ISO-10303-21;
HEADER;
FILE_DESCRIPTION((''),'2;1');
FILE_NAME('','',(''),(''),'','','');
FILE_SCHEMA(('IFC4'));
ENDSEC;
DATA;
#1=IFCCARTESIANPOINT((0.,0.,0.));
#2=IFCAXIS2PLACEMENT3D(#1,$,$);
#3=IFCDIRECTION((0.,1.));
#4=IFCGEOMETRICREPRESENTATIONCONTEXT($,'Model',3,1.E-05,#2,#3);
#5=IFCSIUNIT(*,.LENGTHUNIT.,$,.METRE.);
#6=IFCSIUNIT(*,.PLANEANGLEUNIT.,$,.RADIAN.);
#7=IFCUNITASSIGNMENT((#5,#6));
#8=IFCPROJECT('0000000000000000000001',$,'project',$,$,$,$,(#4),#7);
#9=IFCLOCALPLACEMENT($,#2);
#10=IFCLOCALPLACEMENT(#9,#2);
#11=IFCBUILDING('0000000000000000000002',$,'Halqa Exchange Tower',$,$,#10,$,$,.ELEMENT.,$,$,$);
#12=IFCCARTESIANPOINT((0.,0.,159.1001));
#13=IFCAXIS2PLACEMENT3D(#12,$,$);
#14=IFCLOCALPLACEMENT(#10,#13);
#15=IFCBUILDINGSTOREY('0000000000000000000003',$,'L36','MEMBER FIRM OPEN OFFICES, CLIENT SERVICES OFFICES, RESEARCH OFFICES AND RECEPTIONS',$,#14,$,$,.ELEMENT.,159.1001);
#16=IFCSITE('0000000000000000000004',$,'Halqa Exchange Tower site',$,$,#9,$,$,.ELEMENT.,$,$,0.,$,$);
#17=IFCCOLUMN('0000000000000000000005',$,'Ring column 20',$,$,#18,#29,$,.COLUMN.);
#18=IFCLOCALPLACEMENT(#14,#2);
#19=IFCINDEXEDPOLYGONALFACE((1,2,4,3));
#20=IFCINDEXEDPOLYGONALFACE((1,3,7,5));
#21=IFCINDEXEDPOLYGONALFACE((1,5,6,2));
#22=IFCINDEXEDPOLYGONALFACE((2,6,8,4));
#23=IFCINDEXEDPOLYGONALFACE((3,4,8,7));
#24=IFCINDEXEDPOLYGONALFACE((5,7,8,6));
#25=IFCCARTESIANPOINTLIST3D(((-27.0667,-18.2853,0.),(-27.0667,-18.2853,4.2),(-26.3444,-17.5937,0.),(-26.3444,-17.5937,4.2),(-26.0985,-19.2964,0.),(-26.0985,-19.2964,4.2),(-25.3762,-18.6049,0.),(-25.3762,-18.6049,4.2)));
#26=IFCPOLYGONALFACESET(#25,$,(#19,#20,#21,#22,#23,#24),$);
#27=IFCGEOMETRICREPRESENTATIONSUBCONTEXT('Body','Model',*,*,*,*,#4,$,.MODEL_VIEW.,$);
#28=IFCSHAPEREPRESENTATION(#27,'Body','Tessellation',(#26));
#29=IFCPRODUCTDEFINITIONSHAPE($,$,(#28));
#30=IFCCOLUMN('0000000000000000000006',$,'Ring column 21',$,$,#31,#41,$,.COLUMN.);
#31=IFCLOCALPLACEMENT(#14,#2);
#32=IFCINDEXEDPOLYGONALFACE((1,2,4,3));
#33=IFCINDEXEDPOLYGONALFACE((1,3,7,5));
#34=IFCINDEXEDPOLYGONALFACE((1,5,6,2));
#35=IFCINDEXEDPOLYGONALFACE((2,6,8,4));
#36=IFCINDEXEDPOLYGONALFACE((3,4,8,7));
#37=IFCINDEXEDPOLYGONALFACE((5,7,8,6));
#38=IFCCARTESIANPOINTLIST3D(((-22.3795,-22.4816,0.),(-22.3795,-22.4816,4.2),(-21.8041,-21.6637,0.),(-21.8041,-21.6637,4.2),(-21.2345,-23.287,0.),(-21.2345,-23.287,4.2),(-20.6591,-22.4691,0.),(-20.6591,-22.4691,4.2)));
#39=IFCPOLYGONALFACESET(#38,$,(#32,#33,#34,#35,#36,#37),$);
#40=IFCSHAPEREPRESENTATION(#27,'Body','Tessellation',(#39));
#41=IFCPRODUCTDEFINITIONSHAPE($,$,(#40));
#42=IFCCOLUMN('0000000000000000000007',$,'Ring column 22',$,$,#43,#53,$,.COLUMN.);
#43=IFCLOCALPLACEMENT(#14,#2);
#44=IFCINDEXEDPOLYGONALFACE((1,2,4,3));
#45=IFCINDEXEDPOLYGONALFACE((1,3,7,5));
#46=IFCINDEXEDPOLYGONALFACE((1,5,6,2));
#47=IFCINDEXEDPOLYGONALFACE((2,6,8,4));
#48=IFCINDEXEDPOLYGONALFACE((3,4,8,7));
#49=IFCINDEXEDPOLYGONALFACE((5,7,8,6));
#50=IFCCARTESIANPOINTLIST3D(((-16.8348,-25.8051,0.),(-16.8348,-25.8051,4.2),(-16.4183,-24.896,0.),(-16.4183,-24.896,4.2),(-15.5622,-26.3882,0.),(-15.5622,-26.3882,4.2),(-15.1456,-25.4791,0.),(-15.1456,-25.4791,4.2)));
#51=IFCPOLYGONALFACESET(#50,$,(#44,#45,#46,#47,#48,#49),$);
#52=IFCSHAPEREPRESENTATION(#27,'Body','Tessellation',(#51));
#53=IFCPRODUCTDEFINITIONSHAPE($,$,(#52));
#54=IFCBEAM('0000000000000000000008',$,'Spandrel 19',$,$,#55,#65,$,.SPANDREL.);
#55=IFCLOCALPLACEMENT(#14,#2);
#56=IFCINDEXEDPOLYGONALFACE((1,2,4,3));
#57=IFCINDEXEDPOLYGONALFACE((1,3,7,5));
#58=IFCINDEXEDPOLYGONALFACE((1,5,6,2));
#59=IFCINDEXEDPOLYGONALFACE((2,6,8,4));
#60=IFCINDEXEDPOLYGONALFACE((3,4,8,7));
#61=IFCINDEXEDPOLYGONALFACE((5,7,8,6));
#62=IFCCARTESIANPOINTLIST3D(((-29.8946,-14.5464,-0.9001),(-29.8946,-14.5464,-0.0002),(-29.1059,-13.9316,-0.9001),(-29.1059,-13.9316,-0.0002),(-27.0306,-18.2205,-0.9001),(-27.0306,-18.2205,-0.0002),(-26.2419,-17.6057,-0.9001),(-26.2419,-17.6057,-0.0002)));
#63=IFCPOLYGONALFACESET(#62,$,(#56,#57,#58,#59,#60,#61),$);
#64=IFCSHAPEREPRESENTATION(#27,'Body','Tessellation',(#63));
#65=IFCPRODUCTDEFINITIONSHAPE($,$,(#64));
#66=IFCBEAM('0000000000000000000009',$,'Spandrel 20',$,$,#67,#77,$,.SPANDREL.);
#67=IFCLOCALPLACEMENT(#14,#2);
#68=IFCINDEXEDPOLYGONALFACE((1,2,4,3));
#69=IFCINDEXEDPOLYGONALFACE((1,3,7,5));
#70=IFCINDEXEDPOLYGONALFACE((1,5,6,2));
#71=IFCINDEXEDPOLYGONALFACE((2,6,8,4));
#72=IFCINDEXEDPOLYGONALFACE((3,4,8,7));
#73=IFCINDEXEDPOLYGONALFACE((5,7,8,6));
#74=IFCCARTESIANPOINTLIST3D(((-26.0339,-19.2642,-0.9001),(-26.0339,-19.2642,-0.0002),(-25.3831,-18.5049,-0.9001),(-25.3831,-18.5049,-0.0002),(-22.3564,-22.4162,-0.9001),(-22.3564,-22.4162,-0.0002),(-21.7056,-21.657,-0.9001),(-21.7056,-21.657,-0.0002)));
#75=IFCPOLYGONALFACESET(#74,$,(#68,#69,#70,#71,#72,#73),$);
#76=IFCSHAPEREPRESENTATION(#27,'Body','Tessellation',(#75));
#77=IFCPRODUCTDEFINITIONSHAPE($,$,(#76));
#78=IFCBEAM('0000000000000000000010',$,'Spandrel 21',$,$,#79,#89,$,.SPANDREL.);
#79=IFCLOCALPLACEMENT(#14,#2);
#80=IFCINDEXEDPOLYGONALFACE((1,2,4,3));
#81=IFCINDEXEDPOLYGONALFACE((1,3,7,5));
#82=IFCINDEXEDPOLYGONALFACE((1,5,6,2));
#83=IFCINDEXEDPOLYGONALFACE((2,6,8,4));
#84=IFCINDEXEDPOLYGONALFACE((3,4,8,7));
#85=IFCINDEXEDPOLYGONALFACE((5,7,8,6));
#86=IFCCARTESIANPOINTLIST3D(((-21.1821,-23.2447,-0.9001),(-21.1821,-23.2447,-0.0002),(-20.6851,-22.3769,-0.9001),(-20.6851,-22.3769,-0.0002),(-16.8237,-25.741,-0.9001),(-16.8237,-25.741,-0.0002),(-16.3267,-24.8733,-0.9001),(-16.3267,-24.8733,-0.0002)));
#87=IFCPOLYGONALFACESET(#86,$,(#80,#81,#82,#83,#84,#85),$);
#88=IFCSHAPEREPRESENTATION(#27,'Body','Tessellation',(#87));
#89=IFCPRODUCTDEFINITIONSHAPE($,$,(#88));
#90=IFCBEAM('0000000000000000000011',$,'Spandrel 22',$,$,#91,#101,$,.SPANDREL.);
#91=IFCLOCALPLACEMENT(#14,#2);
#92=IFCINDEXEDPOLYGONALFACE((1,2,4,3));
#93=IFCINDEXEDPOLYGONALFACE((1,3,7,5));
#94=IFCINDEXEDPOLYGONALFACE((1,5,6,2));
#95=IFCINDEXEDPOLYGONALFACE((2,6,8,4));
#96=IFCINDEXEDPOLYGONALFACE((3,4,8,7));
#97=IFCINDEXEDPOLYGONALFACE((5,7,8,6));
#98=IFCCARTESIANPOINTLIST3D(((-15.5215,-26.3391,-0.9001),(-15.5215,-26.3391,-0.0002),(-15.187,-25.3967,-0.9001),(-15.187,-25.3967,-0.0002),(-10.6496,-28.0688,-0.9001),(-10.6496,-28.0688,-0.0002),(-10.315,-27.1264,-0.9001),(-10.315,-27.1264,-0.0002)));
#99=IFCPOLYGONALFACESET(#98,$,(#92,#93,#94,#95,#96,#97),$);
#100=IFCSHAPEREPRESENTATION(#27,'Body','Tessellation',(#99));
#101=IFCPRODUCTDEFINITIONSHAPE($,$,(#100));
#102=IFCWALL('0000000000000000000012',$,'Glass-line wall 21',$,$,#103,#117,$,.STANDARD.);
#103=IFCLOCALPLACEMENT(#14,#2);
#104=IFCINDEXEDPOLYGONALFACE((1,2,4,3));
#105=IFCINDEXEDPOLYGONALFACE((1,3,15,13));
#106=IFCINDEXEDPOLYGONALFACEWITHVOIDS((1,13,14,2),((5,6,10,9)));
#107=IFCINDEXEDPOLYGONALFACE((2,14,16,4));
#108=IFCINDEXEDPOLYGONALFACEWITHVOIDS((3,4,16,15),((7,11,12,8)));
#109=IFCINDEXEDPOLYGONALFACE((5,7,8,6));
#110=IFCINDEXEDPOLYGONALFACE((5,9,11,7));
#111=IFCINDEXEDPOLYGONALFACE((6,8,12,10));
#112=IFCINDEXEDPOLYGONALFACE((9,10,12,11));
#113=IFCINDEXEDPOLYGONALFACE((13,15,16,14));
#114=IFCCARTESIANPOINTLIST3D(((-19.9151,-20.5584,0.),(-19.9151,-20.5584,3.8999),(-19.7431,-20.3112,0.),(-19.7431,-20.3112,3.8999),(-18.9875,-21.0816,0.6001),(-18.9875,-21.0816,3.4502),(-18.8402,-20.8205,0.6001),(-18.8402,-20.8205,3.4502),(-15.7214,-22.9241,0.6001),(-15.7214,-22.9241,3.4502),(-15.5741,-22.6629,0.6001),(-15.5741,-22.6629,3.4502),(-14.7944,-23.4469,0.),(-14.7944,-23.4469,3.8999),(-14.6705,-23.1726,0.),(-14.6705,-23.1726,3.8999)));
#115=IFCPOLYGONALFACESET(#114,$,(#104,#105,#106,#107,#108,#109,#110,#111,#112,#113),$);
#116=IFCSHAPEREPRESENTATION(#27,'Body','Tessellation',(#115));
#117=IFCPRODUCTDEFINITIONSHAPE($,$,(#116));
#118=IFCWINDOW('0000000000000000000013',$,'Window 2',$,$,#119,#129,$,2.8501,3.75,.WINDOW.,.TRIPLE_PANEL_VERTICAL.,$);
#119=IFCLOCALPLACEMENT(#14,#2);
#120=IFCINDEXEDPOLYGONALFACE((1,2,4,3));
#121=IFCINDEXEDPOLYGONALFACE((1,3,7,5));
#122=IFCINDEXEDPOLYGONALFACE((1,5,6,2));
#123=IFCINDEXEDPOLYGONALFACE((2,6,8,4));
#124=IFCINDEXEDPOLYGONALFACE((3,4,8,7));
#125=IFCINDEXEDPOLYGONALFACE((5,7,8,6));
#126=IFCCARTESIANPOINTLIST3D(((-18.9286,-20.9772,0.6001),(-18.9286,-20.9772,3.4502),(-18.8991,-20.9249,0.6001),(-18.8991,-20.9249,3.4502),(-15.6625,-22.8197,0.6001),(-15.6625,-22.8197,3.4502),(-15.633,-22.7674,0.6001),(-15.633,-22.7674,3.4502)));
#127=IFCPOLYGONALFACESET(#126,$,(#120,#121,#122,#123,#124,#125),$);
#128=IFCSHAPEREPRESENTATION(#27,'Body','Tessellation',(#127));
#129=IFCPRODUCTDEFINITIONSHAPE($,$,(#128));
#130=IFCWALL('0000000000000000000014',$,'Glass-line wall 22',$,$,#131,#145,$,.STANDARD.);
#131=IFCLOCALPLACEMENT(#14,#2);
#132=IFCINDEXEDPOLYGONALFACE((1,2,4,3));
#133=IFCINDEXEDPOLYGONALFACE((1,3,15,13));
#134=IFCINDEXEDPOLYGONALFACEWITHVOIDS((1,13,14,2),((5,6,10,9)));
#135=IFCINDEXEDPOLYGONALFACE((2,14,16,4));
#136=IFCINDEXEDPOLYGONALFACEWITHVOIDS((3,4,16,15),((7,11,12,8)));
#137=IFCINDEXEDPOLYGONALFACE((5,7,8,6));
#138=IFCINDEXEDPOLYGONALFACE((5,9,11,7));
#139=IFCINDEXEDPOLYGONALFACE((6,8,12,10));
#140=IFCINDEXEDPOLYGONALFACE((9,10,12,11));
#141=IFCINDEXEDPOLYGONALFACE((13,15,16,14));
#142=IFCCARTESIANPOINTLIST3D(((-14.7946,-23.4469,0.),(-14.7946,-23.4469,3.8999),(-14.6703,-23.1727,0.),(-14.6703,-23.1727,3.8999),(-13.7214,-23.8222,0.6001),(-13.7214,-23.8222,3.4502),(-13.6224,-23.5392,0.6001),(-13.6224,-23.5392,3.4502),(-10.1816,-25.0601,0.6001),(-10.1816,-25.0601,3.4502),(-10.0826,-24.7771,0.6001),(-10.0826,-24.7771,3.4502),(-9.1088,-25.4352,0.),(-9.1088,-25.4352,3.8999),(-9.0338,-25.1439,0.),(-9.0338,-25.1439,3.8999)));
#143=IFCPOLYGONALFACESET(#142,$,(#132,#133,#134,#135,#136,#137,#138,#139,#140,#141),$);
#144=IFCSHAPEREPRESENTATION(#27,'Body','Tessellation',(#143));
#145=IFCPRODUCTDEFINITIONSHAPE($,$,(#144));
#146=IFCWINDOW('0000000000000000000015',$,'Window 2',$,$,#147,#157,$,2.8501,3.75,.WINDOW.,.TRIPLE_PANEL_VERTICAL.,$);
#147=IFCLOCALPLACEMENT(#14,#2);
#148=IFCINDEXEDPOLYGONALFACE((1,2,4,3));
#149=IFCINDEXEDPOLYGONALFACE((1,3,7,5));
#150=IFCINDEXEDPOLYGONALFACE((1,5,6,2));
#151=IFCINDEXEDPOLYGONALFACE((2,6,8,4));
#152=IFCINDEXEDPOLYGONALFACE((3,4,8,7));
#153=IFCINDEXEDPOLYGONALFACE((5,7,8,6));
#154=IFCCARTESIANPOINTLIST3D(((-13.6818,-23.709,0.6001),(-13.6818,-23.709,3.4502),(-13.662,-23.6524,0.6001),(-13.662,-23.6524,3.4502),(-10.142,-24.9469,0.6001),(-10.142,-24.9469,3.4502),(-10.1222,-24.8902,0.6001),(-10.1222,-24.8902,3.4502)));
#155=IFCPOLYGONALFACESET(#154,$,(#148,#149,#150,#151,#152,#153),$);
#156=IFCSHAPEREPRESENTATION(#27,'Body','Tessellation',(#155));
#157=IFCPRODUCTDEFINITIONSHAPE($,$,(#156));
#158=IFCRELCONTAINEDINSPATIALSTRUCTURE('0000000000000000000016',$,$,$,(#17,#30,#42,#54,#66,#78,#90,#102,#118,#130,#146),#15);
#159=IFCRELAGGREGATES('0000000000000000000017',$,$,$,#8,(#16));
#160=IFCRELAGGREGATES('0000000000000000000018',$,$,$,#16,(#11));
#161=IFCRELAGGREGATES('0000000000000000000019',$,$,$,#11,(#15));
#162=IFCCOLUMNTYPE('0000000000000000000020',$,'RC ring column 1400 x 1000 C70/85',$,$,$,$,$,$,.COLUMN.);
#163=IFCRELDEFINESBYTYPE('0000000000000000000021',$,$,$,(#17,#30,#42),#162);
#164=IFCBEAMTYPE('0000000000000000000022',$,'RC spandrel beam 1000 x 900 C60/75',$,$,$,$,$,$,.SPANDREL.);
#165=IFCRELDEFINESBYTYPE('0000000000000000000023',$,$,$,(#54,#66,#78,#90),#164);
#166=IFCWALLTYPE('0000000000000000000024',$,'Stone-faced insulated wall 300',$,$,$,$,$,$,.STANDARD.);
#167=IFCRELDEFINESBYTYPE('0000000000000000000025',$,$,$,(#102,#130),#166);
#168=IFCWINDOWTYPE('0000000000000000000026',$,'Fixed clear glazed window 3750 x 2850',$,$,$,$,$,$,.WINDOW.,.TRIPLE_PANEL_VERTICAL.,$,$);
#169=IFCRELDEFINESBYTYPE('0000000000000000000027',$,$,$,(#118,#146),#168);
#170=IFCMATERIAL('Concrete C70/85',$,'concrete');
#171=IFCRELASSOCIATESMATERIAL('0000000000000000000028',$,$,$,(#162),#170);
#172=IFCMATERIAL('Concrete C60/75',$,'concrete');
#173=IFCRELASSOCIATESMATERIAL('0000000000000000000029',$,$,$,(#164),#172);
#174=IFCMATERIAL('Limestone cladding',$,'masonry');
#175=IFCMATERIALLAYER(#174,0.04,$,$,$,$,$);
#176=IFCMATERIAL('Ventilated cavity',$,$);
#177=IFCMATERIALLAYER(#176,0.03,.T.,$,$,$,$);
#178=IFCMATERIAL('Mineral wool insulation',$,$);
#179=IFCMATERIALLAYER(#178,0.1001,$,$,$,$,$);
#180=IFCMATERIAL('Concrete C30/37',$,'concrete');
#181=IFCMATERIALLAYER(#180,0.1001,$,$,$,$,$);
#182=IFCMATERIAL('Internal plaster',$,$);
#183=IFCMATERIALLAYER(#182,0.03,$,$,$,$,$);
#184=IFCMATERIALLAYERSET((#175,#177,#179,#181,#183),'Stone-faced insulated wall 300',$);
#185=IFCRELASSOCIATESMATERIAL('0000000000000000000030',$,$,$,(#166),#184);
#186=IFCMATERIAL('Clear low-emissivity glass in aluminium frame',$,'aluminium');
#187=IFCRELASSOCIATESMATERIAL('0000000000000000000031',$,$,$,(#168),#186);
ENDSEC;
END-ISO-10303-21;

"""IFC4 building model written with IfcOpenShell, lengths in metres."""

from ifc_helpers import new_model, si_unit, direction, frame, frame_2d, origin, origin_2d, place, context, subcontext, project, spatial, polyline, rectangle, outline, extrude, material, layer, layer_set, material_profile, profile_set, type_object, element, fill, save


model = new_model("IFC4")

# Units and contexts
model_context = context("Model", 3, precision=1e-05, world=origin(), true_north=direction((0.0, 1.0)))
body_context = subcontext(model_context, "Body", "Model", "MODEL_VIEW")
ifc_project = project(units=[si_unit("LENGTHUNIT", "METRE"), si_unit("PLANEANGLEUNIT", "RADIAN")], contexts=[model_context])

# Site, building, storey
site_placement = place(None, origin())
site = spatial("IfcSite", under=ifc_project, at=site_placement, Name="Halqa Exchange Tower site", CompositionType="ELEMENT", RefElevation=0.0)
building_placement = place(site_placement, origin())
building = spatial("IfcBuilding", under=site, at=building_placement, Name="Halqa Exchange Tower", CompositionType="ELEMENT")
storey_placement = place(building_placement, frame((0.0, 0.0, 159.1001)))
storey = spatial("IfcBuildingStorey", under=building, at=storey_placement, Name="L36", Description="MEMBER FIRM OPEN OFFICES, CLIENT SERVICES OFFICES, RESEARCH OFFICES AND RECEPTIONS", CompositionType="ELEMENT", Elevation=159.1001)

# Columns
ifc_material_1 = material(Name="Concrete C70/85", Category="concrete")
ifc_material_profile_1 = material_profile(ifc_material_1, rectangle(XDim=1.3999, YDim=1.0, at=origin_2d()), Name="1400 x 1000")
ifc_profile_set_1 = profile_set([ifc_material_profile_1], Name="Concrete C70/85")
column_type = type_object("IfcColumnType", Name="RC ring column 1400 x 1000 C70/85", PredefinedType="COLUMN", material=ifc_profile_set_1)
for number, where, z_axis, x_axis, name in (
    (1, (-26.2214, -18.4451, 0.0), (0.0, 0.0, 1.0), (0.691579, -0.722301, 0.0), "Ring column 20"),
    (2, (-21.5193, -22.4753, 0.0), (0.0, 0.0, 1.0), (0.817911, -0.575345, 0.0), "Ring column 21"),
    (3, (-15.9902, -25.6421, 0.0), (0.0, 0.0, 1.0), (0.909126, -0.41652, 0.0), "Ring column 22"),
):
    element("IfcColumn", number, at=place(storey_placement, frame(where, z_axis=z_axis, x_axis=x_axis)), inside=storey, type_object=column_type, Name=name, PredefinedType="COLUMN", context=body_context, shape_type="SweptSolid", body=[
        extrude(rectangle(XDim=1.3999, YDim=1.0, at=origin_2d()), origin(), (0.0, 0.0, 1.0), 4.2),
    ])

# Beams
ifc_material_2 = material(Name="Concrete C60/75", Category="concrete")
ifc_material_profile_2 = material_profile(ifc_material_2, rectangle(XDim=1.0, YDim=0.8999, at=origin_2d()), Name="1000 x 900")
ifc_profile_set_2 = profile_set([ifc_material_profile_2], Name="Concrete C60/75")
beam_type = type_object("IfcBeamType", Name="RC spandrel beam 1000 x 900 C60/75", PredefinedType="SPANDREL", material=ifc_profile_set_2)
beam_1_placement = place(storey_placement, frame((-29.5002, -14.239, -0.4502), z_axis=(0.614797, -0.788686, 0.0), x_axis=(0.788686, 0.614797, 0.0)))
element("IfcBeam", 4, at=beam_1_placement, inside=storey, type_object=beam_type, Name="Spandrel 19", PredefinedType="SPANDREL", context=body_context, shape_type="SweptSolid", body=[
    extrude(rectangle(XDim=1.0, YDim=0.8999, at=origin_2d()), origin(), (0.0, 0.0, 1.0), 4.6584),
])
beam_2_placement = place(storey_placement, frame((-25.7085, -18.8845, -0.4502), z_axis=(0.75926, -0.650787, 0.0), x_axis=(0.650787, 0.75926, 0.0)))
element("IfcBeam", 5, at=beam_2_placement, inside=storey, type_object=beam_type, Name="Spandrel 20", PredefinedType="SPANDREL", context=body_context, shape_type="SweptSolid", body=[
    extrude(rectangle(XDim=1.0, YDim=0.8999, at=origin_2d()), origin(), (0.0, 0.0, 1.0), 4.8435),
])
beam_3_placement = place(storey_placement, frame((-20.9336, -22.8108, -0.4502), z_axis=(0.867743, -0.497013, 0.0), x_axis=(0.497013, 0.867743, 0.0)))
element("IfcBeam", 6, at=beam_3_placement, inside=storey, type_object=beam_type, Name="Spandrel 21", PredefinedType="SPANDREL", context=body_context, shape_type="SweptSolid", body=[
    extrude(rectangle(XDim=1.0, YDim=0.8999, at=origin_2d()), origin(), (0.0, 0.0, 1.0), 5.0227),
])
beam_4_placement = place(storey_placement, frame((-15.3542, -25.8679, -0.4502), z_axis=(0.942371, -0.334571, 0.0), x_axis=(0.334571, 0.942371, 0.0)))
element("IfcBeam", 7, at=beam_4_placement, inside=storey, type_object=beam_type, Name="Spandrel 22", PredefinedType="SPANDREL", context=body_context, shape_type="SweptSolid", body=[
    extrude(rectangle(XDim=1.0, YDim=0.8999, at=origin_2d()), origin(), (0.0, 0.0, 1.0), 5.1699),
])

# Shared definitions
ifc_material_3 = material(Name="Limestone cladding", Category="masonry")
ifc_layer_1 = layer(ifc_material_3, 0.04)
ifc_material_4 = material(Name="Ventilated cavity")
ifc_layer_2 = layer(ifc_material_4, 0.03, ventilated=True)
ifc_material_5 = material(Name="Mineral wool insulation")
ifc_layer_3 = layer(ifc_material_5, 0.1001)
ifc_material_6 = material(Name="Concrete C30/37", Category="concrete")
ifc_layer_4 = layer(ifc_material_6, 0.1001)
ifc_material_7 = material(Name="Internal plaster")
ifc_layer_5 = layer(ifc_material_7, 0.03)
ifc_layer_set_1 = layer_set([ifc_layer_1, ifc_layer_2, ifc_layer_3, ifc_layer_4, ifc_layer_5], Name="Stone-faced insulated wall 300")
wall_type_1 = type_object("IfcWallType", Name="Stone-faced insulated wall 300", PredefinedType="STANDARD", material=ifc_layer_set_1)
ifc_material_8 = material(Name="Clear low-emissivity glass in aluminium frame", Category="aluminium")

# Walls, openings, windows
wall_1_placement = place(storey_placement, frame((-19.8291, -20.4348, 0.0), z_axis=(0.0, 0.0, 1.0), x_axis=(0.870982, -0.491315, 0.0)))
wall_1 = element("IfcWall", 8, at=wall_1_placement, inside=storey, type_object=wall_type_1, Name="Glass-line wall 21", PredefinedType="STANDARD", context=body_context, shape_type="SweptSolid", body=[
    extrude(outline(polyline([(-0.0142, -0.1499), (5.865, -0.1499), (5.8381, 0.1499), (0.0142, 0.1499), (-0.0142, -0.1499)])), origin(), (0.0, 0.0, 1.0), 3.8999),
])
opening_1_placement = place(wall_1_placement, frame((1.0508, 0.0, 0.6001)))
opening_1 = element("IfcOpeningElement", 9, at=opening_1_placement, cuts=wall_1, PredefinedType="OPENING", context=body_context, shape_type="SweptSolid", body=[
    extrude(rectangle(XDim=3.75, YDim=2.8501, at=frame_2d((1.875, 1.425))), frame((0.0, 0.1621, 0.0), z_axis=(0.0, -1.0, 0.0), x_axis=(1.0, 0.0, 0.0)), (0.0, 0.0, 1.0), 0.324),
])
window_type = type_object("IfcWindowType", Name="Fixed clear glazed window 3750 x 2850", PartitioningType="TRIPLE_PANEL_VERTICAL", PredefinedType="WINDOW", material=ifc_material_8)
window_1_placement = place(opening_1_placement, origin())
window_1 = element("IfcWindow", 10, at=window_1_placement, inside=storey, type_object=window_type, Name="Window 2", OverallHeight=2.8501, OverallWidth=3.75, PartitioningType="TRIPLE_PANEL_VERTICAL", PredefinedType="WINDOW", context=body_context, shape_type="SweptSolid", body=[
    extrude(rectangle(XDim=3.75, YDim=2.8501, at=frame_2d((1.875, 1.425))), frame((0.0, 0.03, 0.0), z_axis=(0.0, -1.0, 0.0), x_axis=(1.0, 0.0, 0.0)), (0.0, 0.0, 1.0), 0.0601),
])
fill(opening_1, window_1)
wall_2_placement = place(storey_placement, frame((-14.7324, -23.3098, 0.0), z_axis=(0.0, 0.0, 1.0), x_axis=(0.943945, -0.330104, 0.0)))
wall_2 = element("IfcWall", 11, at=wall_2_placement, inside=storey, type_object=wall_type_1, Name="Glass-line wall 22", PredefinedType="STANDARD", context=body_context, shape_type="SweptSolid", body=[
    extrude(outline(polyline([(-0.0134, -0.1499), (6.01, -0.1499), (5.9846, 0.1499), (0.0134, 0.1499), (-0.0134, -0.1499)])), origin(), (0.0, 0.0, 1.0), 3.8999),
])
opening_2_placement = place(wall_2_placement, frame((1.1235, 0.0, 0.6001)))
opening_2 = element("IfcOpeningElement", 12, at=opening_2_placement, cuts=wall_2, PredefinedType="OPENING", context=body_context, shape_type="SweptSolid", body=[
    extrude(rectangle(XDim=3.75, YDim=2.8501, at=frame_2d((1.875, 1.425))), frame((0.0, 0.1621, 0.0), z_axis=(0.0, -1.0, 0.0), x_axis=(1.0, 0.0, 0.0)), (0.0, 0.0, 1.0), 0.324),
])
window_2_placement = place(opening_2_placement, origin())
window_2 = element("IfcWindow", 13, at=window_2_placement, inside=storey, type_object=window_type, Name="Window 2", OverallHeight=2.8501, OverallWidth=3.75, PartitioningType="TRIPLE_PANEL_VERTICAL", PredefinedType="WINDOW", context=body_context, shape_type="SweptSolid", body=[
    extrude(rectangle(XDim=3.75, YDim=2.8501, at=frame_2d((1.875, 1.425))), frame((0.0, 0.03, 0.0), z_axis=(0.0, -1.0, 0.0), x_axis=(1.0, 0.0, 0.0)), (0.0, 0.0, 1.0), 0.0601),
])
fill(opening_2, window_2)

save(model, "model.ifc")
